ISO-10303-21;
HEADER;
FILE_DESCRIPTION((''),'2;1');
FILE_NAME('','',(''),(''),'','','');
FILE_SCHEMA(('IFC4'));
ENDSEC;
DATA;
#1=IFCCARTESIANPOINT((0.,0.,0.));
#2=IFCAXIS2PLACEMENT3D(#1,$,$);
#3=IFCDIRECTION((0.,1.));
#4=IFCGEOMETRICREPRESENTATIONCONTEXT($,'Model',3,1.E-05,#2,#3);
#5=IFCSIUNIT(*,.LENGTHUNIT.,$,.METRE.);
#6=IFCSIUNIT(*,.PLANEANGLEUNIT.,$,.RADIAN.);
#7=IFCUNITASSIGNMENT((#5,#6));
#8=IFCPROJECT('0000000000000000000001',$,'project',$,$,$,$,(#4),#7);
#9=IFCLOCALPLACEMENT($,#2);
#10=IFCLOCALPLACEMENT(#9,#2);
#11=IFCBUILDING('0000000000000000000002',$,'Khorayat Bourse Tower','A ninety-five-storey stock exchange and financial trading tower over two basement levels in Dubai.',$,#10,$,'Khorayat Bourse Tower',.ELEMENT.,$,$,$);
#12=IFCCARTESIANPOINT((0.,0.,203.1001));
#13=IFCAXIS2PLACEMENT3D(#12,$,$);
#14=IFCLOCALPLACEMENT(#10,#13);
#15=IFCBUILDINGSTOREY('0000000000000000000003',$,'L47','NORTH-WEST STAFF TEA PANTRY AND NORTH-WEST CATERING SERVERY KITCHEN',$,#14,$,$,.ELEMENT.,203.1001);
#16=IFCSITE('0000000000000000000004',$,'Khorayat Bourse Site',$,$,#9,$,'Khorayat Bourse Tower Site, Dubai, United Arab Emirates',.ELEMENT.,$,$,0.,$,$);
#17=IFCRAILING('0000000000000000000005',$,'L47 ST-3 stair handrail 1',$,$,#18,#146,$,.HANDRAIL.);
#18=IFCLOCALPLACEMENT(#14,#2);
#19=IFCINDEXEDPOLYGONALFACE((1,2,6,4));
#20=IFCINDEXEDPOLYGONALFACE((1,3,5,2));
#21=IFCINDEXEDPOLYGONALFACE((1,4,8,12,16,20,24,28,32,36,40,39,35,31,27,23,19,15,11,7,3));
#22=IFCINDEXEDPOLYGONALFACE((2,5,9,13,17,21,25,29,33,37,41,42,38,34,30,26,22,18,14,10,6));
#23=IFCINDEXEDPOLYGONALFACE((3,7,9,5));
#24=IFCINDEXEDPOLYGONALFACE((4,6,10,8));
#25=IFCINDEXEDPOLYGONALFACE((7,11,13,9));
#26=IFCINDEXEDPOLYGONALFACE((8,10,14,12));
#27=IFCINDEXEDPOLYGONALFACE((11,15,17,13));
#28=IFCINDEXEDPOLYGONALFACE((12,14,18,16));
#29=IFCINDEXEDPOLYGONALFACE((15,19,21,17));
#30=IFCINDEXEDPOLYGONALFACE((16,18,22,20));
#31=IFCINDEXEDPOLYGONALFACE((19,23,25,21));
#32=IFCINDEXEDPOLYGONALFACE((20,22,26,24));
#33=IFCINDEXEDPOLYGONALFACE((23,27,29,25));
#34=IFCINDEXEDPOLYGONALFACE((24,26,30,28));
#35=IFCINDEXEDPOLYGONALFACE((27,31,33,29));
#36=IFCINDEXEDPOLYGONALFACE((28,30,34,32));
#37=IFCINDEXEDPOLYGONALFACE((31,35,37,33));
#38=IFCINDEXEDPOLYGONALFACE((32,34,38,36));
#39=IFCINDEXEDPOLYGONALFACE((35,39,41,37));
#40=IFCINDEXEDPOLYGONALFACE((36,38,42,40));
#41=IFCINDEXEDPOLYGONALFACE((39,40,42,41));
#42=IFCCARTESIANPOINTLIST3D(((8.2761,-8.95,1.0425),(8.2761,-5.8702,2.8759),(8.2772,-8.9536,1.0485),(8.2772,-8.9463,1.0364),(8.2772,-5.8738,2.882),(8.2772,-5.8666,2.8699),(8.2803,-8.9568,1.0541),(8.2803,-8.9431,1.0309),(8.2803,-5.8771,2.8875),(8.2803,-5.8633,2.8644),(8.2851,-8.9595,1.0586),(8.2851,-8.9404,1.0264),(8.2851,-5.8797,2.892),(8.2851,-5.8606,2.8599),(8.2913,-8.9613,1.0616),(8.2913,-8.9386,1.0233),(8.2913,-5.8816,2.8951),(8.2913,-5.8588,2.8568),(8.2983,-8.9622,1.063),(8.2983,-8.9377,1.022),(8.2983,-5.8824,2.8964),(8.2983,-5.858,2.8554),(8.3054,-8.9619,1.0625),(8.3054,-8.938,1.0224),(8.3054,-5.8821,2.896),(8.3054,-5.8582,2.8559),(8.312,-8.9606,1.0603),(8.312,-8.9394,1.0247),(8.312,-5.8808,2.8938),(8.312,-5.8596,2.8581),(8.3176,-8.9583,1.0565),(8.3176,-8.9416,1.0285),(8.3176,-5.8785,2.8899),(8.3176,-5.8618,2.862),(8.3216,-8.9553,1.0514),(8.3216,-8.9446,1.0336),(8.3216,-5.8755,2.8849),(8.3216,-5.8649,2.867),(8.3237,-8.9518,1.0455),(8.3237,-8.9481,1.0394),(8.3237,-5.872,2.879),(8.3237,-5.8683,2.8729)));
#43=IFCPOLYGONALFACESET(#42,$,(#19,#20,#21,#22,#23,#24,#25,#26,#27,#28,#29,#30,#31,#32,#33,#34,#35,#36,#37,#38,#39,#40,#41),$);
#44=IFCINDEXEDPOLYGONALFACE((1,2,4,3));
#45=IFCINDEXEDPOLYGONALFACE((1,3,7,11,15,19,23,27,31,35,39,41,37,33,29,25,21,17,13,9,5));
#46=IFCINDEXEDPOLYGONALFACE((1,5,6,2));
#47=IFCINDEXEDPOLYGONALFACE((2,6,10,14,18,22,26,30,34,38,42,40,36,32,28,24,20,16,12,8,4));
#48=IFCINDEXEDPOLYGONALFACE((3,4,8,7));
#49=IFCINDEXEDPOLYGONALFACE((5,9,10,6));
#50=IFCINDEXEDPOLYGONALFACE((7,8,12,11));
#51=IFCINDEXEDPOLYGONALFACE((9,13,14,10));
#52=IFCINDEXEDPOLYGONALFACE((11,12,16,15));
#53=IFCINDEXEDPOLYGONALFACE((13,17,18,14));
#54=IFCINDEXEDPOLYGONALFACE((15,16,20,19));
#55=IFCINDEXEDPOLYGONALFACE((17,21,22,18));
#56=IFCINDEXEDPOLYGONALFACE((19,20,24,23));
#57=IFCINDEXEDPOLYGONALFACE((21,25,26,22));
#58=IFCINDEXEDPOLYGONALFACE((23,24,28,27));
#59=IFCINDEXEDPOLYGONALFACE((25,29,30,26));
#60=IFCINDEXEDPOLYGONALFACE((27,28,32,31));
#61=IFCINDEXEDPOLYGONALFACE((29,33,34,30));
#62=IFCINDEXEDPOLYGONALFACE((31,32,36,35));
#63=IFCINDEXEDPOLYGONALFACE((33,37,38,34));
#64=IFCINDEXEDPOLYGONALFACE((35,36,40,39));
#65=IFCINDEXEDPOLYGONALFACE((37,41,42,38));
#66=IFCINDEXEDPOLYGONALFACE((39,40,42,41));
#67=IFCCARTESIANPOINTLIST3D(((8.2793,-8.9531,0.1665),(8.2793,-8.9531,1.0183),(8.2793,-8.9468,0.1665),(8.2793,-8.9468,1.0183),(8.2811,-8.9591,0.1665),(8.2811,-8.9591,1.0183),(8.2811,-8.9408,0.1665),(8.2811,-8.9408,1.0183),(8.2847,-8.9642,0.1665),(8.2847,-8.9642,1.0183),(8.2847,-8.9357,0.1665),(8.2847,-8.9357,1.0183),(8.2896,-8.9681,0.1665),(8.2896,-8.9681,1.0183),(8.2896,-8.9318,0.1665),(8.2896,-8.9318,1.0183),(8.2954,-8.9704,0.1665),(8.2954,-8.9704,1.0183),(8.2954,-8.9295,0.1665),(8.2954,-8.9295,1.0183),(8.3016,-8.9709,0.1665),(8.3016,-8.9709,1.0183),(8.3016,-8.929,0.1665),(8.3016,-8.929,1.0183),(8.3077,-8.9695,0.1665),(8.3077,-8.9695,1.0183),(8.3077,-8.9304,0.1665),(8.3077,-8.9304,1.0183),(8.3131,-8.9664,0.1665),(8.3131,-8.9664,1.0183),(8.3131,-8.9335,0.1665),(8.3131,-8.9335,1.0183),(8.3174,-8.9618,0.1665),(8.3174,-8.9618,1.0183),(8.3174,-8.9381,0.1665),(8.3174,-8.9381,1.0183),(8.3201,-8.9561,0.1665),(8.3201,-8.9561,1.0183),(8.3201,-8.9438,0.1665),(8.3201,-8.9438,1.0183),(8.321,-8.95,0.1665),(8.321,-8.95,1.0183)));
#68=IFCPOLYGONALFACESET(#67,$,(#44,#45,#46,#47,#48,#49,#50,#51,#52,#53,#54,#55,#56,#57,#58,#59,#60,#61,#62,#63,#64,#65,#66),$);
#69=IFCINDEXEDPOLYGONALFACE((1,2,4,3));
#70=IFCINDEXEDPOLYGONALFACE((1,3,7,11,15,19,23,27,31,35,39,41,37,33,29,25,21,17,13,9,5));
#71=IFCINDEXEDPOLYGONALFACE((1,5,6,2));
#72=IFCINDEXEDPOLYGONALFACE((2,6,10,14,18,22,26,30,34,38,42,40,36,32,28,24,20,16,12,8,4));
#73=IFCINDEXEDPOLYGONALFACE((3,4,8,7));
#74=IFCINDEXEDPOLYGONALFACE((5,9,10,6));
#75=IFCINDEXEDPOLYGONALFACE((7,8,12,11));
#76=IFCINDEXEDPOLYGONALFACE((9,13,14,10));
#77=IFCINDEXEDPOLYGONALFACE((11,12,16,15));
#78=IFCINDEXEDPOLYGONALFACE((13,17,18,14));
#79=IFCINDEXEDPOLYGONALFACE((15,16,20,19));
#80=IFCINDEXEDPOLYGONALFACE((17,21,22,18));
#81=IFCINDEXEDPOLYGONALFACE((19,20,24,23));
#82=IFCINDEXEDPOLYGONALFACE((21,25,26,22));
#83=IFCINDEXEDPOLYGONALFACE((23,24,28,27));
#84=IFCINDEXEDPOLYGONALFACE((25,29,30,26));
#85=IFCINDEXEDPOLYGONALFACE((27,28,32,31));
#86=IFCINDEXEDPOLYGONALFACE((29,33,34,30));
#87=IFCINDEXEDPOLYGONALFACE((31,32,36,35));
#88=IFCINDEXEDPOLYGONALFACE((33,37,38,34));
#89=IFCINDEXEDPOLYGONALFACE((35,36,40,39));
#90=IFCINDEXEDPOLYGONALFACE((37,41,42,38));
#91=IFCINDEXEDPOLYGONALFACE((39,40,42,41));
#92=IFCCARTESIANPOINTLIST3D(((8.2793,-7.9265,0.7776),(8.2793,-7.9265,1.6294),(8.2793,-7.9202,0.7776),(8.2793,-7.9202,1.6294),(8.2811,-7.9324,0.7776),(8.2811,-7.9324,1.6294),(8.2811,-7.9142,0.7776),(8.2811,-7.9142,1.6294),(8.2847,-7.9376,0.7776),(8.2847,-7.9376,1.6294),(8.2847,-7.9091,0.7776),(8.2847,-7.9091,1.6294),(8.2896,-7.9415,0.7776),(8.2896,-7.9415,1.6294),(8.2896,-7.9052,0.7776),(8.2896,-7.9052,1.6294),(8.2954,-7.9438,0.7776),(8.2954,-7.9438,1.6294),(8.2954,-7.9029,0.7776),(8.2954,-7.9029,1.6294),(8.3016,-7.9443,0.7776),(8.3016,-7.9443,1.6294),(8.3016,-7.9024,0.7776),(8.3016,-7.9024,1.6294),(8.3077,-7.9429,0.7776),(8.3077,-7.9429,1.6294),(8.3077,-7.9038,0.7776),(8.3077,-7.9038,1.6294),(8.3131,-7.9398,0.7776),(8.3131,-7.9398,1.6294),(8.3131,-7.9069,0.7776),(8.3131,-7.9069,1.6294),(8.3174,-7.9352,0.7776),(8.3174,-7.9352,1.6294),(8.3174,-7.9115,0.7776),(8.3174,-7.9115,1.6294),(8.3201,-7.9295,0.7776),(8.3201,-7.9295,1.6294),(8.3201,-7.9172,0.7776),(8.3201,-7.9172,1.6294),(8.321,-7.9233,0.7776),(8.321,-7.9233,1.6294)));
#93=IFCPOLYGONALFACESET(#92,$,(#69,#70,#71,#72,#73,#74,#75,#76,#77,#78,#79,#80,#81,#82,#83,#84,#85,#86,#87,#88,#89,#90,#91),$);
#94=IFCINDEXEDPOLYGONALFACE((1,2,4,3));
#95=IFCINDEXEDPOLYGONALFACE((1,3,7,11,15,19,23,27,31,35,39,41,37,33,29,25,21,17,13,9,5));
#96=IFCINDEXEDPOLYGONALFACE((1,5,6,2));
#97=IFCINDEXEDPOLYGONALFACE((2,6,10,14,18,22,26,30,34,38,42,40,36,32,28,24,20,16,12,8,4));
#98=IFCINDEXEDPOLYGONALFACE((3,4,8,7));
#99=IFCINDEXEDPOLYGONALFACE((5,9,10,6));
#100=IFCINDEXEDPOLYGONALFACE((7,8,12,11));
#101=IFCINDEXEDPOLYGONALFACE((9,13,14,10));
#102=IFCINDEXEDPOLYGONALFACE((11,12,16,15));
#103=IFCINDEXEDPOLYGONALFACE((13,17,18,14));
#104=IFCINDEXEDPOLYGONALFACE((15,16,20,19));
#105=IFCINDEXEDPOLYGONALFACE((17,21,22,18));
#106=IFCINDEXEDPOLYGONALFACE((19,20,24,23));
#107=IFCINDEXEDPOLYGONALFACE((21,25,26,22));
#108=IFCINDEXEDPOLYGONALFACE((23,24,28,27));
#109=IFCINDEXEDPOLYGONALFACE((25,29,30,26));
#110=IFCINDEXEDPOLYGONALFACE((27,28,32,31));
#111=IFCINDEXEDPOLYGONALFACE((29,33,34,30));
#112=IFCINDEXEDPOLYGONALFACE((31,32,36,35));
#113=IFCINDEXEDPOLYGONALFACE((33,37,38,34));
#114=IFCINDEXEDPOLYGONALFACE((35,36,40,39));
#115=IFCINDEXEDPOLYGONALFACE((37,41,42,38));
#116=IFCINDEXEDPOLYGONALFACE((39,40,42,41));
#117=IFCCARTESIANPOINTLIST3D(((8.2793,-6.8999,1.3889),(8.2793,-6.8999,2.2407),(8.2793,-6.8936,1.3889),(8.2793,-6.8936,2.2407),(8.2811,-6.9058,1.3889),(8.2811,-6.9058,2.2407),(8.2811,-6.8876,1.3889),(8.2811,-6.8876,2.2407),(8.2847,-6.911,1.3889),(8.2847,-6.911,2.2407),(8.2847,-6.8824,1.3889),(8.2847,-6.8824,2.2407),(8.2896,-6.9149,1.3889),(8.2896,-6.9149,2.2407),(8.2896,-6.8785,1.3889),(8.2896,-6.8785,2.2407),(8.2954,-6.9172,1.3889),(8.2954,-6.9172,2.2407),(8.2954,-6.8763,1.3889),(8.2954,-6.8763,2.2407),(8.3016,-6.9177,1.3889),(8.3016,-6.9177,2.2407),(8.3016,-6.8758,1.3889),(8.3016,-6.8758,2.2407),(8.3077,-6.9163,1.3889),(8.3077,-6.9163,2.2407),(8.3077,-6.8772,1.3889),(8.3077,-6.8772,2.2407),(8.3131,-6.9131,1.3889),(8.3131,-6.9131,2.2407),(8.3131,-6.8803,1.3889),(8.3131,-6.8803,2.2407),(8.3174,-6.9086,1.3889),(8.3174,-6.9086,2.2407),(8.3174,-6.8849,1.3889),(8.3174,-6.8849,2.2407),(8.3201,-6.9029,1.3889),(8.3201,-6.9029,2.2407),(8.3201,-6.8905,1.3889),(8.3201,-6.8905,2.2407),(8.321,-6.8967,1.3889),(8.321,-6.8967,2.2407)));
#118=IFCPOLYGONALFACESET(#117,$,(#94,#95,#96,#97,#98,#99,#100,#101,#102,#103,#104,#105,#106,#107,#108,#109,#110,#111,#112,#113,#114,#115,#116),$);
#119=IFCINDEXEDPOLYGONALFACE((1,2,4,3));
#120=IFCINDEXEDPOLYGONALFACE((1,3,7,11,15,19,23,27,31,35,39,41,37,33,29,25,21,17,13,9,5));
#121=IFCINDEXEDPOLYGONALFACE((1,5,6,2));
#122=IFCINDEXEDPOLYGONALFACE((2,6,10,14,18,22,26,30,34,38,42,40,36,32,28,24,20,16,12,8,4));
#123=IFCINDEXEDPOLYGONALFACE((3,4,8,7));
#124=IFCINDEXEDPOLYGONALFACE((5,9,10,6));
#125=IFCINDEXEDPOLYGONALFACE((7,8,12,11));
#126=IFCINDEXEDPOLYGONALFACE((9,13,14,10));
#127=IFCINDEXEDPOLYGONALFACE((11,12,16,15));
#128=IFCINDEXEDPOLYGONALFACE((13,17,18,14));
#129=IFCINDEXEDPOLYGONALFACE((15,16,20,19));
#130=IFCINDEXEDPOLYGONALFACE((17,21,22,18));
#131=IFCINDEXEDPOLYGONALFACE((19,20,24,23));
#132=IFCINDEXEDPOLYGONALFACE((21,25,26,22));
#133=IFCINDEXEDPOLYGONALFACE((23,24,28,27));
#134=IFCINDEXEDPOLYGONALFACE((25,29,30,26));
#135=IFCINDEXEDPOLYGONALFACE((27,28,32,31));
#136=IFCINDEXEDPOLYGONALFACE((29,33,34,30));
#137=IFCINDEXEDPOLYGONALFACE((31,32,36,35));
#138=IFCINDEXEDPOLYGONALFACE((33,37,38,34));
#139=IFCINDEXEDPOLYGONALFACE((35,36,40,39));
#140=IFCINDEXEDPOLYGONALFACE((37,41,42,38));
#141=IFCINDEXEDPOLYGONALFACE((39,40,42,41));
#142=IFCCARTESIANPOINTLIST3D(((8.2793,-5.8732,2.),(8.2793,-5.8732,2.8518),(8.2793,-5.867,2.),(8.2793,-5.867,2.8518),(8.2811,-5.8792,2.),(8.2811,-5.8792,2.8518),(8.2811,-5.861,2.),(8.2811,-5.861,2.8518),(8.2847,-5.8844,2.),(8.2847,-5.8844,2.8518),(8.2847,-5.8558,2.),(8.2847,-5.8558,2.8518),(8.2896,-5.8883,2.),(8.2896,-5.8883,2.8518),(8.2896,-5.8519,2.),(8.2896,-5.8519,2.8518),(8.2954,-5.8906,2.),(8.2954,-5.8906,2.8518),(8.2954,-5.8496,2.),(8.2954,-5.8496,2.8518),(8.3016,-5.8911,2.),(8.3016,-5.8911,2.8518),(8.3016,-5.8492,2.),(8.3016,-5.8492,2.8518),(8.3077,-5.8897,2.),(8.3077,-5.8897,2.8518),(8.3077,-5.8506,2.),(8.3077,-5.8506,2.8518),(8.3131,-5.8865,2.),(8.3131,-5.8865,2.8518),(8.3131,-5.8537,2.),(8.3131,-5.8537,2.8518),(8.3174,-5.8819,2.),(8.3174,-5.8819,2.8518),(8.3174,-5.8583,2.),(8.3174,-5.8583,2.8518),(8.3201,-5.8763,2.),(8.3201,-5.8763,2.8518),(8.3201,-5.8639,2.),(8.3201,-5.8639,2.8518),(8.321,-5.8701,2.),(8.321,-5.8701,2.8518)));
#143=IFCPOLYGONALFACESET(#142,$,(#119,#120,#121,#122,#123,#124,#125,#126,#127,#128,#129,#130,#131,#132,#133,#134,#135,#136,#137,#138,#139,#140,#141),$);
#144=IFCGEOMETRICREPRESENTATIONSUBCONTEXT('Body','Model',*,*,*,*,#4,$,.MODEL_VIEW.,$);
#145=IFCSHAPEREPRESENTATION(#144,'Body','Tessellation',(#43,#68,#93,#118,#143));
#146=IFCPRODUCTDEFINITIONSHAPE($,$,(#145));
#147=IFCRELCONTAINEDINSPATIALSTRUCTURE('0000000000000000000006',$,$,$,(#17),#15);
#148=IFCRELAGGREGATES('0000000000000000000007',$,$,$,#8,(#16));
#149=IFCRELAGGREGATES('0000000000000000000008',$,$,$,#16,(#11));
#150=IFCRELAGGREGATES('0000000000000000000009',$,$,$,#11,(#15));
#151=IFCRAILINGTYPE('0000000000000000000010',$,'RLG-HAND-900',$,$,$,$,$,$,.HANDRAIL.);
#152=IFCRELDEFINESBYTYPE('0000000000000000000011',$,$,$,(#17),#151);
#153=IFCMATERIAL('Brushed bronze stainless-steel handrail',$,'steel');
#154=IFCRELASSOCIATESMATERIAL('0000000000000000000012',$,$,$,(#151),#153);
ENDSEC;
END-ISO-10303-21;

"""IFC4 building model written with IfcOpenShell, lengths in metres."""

from ifc_helpers import new_model, si_unit, direction, frame, origin, origin_2d, place, context, subcontext, project, spatial, circle, extrude, source, transform, mapped, material, type_object, element, save


model = new_model("IFC4")

# Units and contexts
model_context = context("Model", 3, precision=1e-05, world=origin(), true_north=direction((0.0, 1.0)))
body_context = subcontext(model_context, "Body", "Model", "MODEL_VIEW")
ifc_project = project(units=[si_unit("LENGTHUNIT", "METRE"), si_unit("PLANEANGLEUNIT", "RADIAN")], contexts=[model_context])

# Site, building, storey
site_placement = place(None, origin())
site = spatial("IfcSite", under=ifc_project, at=site_placement, Name="Khorayat Bourse Site", LongName="Khorayat Bourse Tower Site, Dubai, United Arab Emirates", CompositionType="ELEMENT", RefElevation=0.0)
building_placement = place(site_placement, origin())
building = spatial("IfcBuilding", under=site, at=building_placement, Name="Khorayat Bourse Tower", Description="A ninety-five-storey stock exchange and financial trading tower over two basement levels in Dubai.", LongName="Khorayat Bourse Tower", CompositionType="ELEMENT")
storey_placement = place(building_placement, frame((0.0, 0.0, 203.1001)))
storey = spatial("IfcBuildingStorey", under=building, at=storey_placement, Name="L47", Description="NORTH-WEST STAFF TEA PANTRY AND NORTH-WEST CATERING SERVERY KITCHEN", CompositionType="ELEMENT", Elevation=203.1001)

# Railing
ifc_material_1 = material(Name="Brushed bronze stainless-steel handrail", Category="steel")
railing_type_1 = type_object("IfcRailingType", Name="RLG-HAND-900", PredefinedType="HANDRAIL", material=ifc_material_1)
shared_shape_1 = source(origin(), body_context, "Body", "SweptSolid", [
    extrude(circle(Radius=0.0239, at=origin_2d()), frame((0.0, 0.0, 0.876), z_axis=(0.0, 0.859261, 0.511538), x_axis=(-1.0, 0.0, 0.0)), (0.0, 0.0, 1.0), 3.5842),
    extrude(circle(Radius=0.021, at=origin_2d()), origin(), (0.0, 0.0, 1.0), 0.8518),
    extrude(circle(Radius=0.021, at=origin_2d()), frame((0.0, 1.0266, 0.6111)), (0.0, 0.0, 1.0), 0.8518),
    extrude(circle(Radius=0.021, at=origin_2d()), frame((0.0, 2.0532, 1.2224)), (0.0, 0.0, 1.0), 0.8518),
    extrude(circle(Radius=0.021, at=origin_2d()), frame((0.0, 3.0798, 1.8335)), (0.0, 0.0, 1.0), 0.8518),
])
railing_1_placement = place(storey_placement, frame((8.3, -8.95, 0.1665)))
element("IfcRailing", 1, at=railing_1_placement, inside=storey, type_object=railing_type_1, Name="L47 ST-3 stair handrail 1", PredefinedType="HANDRAIL", context=body_context, shape_type="MappedRepresentation", body=[
    mapped(shared_shape_1, transform((0.0, 0.0, 0.0), scale=1.0)),
])

save(model, "model.ifc")
